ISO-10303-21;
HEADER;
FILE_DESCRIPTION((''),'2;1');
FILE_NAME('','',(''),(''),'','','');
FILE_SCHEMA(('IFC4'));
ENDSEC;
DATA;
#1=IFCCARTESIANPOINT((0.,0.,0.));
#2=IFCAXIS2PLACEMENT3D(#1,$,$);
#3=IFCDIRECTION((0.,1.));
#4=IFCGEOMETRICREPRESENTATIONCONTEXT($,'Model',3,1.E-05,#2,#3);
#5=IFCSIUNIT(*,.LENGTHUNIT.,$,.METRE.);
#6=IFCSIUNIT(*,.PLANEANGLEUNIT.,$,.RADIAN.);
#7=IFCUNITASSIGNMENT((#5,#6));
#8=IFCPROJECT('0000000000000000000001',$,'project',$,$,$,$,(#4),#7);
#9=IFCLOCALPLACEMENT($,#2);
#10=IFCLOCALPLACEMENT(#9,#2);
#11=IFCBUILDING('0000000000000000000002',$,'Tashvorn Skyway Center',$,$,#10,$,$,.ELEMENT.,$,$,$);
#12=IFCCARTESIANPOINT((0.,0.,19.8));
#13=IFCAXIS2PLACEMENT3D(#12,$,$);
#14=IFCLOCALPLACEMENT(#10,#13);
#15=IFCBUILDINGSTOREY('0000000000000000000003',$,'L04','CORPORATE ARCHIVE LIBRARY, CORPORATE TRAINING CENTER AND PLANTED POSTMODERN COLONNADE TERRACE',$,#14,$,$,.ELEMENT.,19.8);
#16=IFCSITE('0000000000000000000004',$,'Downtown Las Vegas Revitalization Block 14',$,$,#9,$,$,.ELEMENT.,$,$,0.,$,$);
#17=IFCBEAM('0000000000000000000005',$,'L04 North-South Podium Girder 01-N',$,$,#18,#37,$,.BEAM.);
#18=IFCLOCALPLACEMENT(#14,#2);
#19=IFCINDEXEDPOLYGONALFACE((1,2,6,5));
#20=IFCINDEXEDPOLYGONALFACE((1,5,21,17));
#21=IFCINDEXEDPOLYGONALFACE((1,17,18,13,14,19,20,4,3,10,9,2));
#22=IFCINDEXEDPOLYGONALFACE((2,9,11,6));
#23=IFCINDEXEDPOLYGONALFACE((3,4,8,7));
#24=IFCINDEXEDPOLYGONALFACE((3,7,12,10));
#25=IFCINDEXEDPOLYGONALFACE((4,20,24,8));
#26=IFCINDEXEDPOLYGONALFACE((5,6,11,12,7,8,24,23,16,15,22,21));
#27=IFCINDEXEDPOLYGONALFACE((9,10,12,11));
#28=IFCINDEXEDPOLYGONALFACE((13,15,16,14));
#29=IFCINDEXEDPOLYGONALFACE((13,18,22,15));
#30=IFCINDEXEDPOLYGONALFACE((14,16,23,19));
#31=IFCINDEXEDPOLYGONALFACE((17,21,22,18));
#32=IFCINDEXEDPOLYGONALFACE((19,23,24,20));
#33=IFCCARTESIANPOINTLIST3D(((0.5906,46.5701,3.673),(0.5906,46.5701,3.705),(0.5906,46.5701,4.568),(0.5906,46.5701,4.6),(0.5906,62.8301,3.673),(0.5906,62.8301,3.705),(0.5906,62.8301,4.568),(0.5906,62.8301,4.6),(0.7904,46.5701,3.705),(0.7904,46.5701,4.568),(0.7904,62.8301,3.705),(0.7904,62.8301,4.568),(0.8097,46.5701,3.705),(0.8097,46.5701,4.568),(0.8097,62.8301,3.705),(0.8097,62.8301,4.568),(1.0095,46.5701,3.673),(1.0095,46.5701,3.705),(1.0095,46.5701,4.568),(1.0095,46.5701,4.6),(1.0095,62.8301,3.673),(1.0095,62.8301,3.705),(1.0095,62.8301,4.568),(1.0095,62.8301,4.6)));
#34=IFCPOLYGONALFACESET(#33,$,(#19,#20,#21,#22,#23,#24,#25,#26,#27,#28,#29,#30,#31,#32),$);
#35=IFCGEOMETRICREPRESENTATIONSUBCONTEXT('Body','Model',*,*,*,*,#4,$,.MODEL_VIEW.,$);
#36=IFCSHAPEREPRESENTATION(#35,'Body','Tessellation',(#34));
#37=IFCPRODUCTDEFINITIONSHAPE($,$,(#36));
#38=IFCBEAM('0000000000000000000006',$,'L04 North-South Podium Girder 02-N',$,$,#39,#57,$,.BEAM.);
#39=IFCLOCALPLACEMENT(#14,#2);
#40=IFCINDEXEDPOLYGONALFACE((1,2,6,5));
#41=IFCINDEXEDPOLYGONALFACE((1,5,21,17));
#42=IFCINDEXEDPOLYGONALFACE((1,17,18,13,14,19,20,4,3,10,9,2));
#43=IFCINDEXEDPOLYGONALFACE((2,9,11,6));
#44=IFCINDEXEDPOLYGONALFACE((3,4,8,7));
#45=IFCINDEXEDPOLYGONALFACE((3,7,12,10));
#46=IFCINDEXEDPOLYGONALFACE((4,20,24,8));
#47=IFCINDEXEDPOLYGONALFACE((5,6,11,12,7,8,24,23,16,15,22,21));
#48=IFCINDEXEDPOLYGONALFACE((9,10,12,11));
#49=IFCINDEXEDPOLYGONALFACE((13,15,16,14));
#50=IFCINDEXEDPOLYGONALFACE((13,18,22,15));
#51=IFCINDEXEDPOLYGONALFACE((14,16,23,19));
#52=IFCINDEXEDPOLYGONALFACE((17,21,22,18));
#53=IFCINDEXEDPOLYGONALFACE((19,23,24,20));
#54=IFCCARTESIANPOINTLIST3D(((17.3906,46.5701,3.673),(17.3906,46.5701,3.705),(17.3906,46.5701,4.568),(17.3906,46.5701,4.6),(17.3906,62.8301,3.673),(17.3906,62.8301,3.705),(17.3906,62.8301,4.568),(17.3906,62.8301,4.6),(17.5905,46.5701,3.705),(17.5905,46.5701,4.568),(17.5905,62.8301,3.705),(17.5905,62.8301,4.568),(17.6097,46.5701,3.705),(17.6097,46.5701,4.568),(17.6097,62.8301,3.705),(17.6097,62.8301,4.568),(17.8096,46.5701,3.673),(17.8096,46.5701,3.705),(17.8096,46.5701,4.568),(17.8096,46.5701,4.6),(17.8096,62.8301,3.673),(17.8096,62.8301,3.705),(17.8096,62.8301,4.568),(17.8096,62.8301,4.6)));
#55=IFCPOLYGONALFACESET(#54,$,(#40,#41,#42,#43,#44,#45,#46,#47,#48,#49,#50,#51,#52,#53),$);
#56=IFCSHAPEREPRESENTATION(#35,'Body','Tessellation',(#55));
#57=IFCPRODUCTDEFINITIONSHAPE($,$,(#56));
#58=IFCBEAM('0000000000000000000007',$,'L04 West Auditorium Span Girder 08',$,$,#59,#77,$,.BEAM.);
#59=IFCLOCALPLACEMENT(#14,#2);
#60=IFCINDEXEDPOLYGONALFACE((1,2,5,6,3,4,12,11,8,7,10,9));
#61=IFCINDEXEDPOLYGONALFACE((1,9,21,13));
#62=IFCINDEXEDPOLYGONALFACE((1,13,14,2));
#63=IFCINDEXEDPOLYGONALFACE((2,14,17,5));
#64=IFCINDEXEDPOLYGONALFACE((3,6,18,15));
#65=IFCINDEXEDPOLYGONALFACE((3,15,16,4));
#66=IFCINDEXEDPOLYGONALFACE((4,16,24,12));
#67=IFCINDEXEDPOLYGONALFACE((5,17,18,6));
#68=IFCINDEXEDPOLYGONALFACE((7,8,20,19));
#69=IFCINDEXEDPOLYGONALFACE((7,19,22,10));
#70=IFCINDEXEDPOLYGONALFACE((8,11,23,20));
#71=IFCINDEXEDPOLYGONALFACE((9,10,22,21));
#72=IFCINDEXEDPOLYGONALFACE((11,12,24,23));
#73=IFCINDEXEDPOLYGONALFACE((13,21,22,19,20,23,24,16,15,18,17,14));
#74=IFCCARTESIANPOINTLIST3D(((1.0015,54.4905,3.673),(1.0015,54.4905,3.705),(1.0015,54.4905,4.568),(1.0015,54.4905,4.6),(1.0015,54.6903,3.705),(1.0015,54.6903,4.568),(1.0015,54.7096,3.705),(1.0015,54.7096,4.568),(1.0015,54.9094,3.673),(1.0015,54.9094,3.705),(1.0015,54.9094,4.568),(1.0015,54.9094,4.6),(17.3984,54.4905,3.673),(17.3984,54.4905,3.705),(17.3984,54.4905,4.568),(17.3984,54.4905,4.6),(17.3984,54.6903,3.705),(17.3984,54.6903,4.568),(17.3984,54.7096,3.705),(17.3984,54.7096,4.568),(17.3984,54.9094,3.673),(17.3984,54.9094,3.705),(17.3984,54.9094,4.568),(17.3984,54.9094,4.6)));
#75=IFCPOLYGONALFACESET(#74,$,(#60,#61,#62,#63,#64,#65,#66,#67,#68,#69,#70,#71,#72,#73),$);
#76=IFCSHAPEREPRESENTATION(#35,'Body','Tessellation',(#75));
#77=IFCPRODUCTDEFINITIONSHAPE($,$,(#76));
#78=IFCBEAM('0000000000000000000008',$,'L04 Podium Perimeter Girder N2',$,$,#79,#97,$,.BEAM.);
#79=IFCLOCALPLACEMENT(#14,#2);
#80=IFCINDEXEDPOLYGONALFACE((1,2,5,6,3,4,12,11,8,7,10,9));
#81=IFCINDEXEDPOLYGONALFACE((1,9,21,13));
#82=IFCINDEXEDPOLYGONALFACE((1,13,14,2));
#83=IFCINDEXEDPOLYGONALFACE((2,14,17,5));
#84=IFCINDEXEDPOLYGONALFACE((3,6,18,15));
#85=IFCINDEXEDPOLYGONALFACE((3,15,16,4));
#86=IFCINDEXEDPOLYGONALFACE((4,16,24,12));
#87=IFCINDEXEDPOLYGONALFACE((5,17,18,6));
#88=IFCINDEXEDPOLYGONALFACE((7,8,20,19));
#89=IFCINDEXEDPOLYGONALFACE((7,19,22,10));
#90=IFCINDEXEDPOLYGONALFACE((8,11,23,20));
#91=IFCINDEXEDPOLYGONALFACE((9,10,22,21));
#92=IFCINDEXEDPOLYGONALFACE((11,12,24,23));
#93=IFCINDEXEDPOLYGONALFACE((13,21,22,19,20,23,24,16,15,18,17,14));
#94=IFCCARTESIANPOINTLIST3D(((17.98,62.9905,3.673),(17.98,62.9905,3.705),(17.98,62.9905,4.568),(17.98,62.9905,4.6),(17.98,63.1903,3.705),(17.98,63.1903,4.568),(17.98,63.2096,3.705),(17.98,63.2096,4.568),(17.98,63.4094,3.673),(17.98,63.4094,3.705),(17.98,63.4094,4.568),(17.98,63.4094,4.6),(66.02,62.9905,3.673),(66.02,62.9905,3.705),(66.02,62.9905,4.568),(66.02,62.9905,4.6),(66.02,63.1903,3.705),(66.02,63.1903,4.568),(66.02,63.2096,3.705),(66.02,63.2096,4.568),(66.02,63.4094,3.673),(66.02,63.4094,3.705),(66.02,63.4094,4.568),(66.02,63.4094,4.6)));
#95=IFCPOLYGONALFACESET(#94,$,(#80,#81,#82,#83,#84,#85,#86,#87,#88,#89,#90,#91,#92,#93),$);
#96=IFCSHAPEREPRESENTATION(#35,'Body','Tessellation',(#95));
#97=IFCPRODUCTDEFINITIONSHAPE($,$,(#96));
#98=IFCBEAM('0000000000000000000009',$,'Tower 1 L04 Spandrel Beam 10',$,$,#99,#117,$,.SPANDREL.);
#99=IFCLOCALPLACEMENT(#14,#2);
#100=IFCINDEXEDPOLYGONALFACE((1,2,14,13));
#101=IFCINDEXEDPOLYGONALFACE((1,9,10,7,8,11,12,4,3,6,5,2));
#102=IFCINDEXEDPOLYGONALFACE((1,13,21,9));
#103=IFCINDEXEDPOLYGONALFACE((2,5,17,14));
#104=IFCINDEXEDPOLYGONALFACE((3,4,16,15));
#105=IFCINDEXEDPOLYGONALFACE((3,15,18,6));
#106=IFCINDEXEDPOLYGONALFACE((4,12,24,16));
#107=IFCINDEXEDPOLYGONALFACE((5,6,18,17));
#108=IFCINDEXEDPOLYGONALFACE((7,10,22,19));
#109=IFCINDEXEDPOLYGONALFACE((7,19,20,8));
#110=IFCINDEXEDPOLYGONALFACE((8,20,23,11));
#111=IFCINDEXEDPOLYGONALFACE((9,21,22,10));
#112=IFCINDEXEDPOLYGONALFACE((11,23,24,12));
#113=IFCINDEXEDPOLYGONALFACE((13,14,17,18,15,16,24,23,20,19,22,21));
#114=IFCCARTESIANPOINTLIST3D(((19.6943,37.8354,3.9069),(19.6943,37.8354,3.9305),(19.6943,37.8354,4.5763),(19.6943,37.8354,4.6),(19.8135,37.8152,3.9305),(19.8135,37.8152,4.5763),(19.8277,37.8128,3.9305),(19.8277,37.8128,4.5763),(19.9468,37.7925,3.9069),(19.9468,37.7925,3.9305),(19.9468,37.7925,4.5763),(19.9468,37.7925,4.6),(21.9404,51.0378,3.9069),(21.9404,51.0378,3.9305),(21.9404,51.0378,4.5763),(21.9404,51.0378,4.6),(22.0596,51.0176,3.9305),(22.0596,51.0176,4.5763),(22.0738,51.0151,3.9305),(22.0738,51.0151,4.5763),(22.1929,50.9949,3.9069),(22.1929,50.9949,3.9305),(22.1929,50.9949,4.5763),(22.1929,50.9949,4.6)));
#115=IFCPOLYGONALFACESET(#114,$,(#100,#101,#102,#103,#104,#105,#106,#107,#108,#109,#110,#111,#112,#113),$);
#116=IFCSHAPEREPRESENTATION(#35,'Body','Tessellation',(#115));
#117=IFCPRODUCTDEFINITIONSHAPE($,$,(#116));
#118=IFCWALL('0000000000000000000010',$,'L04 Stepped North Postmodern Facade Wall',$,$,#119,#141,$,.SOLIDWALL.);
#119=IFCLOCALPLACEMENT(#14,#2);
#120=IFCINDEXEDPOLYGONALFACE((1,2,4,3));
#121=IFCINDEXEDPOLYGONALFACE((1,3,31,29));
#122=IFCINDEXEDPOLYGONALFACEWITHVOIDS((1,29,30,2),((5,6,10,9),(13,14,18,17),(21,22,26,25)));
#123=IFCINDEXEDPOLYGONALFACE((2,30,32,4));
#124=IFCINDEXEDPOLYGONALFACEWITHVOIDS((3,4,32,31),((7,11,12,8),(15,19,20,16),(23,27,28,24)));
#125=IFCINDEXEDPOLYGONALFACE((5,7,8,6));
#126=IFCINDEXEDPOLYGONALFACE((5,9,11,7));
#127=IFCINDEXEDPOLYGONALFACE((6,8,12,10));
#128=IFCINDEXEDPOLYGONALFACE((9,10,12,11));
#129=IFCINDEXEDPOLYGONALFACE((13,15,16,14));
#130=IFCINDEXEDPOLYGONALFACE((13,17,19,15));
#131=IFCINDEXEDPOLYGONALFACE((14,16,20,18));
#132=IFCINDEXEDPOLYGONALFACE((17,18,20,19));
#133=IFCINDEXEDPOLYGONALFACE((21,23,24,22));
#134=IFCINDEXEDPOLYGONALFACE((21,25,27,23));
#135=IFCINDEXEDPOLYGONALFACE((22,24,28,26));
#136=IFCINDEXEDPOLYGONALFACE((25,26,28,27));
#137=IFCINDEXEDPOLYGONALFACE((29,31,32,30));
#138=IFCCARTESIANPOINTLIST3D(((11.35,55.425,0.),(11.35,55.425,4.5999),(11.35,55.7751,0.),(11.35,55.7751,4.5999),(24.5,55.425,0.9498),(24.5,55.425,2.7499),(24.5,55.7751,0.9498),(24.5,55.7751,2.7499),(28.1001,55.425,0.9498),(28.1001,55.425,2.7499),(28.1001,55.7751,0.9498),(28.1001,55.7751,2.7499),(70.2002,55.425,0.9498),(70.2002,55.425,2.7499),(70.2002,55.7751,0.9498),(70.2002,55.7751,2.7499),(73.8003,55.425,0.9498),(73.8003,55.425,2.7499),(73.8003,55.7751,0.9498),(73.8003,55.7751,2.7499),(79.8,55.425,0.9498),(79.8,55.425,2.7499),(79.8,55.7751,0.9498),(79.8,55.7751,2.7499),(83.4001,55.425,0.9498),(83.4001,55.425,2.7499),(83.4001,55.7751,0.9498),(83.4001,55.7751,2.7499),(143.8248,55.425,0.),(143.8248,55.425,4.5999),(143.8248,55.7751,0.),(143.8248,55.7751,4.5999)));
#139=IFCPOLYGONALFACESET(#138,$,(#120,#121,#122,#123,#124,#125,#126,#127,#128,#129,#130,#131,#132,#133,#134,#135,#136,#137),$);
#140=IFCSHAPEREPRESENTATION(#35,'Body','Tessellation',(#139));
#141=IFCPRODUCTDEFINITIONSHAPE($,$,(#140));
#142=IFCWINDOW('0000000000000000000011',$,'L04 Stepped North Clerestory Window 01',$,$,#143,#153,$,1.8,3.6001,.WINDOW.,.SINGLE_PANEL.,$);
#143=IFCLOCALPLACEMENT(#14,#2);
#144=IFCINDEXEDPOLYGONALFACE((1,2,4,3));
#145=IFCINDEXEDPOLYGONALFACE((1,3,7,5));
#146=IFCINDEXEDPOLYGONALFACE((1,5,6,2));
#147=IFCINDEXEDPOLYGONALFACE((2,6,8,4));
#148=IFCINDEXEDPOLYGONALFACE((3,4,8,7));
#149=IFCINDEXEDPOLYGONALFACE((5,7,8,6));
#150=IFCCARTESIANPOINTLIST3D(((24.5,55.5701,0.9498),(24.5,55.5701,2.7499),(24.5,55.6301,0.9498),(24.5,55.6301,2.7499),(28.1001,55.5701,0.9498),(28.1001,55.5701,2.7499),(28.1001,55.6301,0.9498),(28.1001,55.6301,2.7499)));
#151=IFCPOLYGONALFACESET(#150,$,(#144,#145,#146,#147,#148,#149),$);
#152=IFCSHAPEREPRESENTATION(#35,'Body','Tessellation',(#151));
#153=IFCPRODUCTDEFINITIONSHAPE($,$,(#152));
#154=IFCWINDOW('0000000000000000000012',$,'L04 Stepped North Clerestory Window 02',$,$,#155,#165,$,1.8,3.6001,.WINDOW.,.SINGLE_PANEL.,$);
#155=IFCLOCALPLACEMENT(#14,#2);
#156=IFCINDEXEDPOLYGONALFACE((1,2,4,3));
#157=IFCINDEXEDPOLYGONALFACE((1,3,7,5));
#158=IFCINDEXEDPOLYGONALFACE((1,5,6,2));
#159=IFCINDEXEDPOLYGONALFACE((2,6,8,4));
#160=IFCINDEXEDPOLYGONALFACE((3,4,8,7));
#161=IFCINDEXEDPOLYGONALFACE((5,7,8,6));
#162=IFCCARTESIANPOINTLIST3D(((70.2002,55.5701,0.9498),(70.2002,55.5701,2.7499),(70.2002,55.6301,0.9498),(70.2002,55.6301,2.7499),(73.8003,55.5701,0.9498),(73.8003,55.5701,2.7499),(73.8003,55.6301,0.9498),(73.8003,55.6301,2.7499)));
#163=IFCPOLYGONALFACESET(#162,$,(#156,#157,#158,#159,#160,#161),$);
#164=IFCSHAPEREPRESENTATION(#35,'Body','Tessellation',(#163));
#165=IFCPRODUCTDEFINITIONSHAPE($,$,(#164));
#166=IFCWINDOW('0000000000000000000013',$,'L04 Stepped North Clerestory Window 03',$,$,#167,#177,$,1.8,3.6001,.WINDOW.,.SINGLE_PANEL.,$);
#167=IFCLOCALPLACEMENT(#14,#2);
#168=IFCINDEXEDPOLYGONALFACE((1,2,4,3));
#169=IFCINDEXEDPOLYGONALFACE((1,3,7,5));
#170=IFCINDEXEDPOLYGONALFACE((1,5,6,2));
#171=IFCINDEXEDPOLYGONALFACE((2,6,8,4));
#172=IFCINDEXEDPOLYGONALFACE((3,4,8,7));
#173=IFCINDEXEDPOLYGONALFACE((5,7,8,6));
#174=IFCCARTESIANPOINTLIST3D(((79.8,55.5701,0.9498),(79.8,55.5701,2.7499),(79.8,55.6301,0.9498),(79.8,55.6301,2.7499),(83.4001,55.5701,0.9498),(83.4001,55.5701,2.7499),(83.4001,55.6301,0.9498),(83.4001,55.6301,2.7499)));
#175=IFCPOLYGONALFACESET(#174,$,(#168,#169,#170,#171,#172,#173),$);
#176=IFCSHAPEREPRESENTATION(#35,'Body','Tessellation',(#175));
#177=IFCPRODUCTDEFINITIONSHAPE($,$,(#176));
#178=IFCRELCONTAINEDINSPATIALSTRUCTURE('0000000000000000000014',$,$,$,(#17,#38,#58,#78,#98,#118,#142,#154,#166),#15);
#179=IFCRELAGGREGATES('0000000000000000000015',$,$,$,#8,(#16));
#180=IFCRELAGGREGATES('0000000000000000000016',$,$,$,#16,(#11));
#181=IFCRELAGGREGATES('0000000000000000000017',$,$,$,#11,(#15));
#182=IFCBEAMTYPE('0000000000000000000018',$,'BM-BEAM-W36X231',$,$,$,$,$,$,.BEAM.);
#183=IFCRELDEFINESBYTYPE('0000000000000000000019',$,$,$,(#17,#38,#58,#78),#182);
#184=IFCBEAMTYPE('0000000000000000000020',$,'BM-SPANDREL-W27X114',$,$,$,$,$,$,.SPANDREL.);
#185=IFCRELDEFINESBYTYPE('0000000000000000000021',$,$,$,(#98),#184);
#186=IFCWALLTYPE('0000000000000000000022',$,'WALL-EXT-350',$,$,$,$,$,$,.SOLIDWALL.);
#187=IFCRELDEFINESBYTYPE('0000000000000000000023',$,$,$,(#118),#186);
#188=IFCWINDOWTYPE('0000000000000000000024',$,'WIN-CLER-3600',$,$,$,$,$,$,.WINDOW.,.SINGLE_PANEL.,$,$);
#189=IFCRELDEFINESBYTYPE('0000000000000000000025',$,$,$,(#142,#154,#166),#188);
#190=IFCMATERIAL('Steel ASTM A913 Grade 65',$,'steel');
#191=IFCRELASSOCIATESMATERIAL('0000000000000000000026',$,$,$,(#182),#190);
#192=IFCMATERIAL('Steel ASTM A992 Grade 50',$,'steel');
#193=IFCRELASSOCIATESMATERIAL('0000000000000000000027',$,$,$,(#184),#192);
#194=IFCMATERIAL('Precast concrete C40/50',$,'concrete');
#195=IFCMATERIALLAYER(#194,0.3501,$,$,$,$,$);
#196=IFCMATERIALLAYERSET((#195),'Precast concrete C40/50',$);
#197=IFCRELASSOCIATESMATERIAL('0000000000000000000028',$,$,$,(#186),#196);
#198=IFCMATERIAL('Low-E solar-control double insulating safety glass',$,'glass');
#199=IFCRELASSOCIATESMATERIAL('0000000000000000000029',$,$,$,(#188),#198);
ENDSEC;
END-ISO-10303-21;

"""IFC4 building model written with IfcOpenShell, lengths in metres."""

from ifc_helpers import new_model, si_unit, direction, frame, frame_2d, origin, origin_2d, place, context, subcontext, project, spatial, rectangle, i_section, extrude, material, layer, layer_set, material_profile, profile_set, type_object, element, fill, save


model = new_model("IFC4")

# Units and contexts
model_context = context("Model", 3, precision=1e-05, world=origin(), true_north=direction((0.0, 1.0)))
body_context = subcontext(model_context, "Body", "Model", "MODEL_VIEW")
ifc_project = project(units=[si_unit("LENGTHUNIT", "METRE"), si_unit("PLANEANGLEUNIT", "RADIAN")], contexts=[model_context])

# Site, building, storey
site_placement = place(None, origin())
site = spatial("IfcSite", under=ifc_project, at=site_placement, Name="Downtown Las Vegas Revitalization Block 14", CompositionType="ELEMENT", RefElevation=0.0)
building_placement = place(site_placement, origin())
building = spatial("IfcBuilding", under=site, at=building_placement, Name="Tashvorn Skyway Center", CompositionType="ELEMENT")
storey_placement = place(building_placement, frame((0.0, 0.0, 19.8)))
storey = spatial("IfcBuildingStorey", under=building, at=storey_placement, Name="L04", Description="CORPORATE ARCHIVE LIBRARY, CORPORATE TRAINING CENTER AND PLANTED POSTMODERN COLONNADE TERRACE", CompositionType="ELEMENT", Elevation=19.8)

# Beams
ifc_material_1 = material(Name="Steel ASTM A992 Grade 50", Category="steel")
ifc_material_2 = material(Name="Steel ASTM A913 Grade 65", Category="steel")
ifc_material_profile_1 = material_profile(ifc_material_2, i_section(OverallWidth=0.4189, OverallDepth=0.927, WebThickness=0.0193, FlangeThickness=0.032, at=origin_2d()), Name="W36X231")
ifc_profile_set_1 = profile_set([ifc_material_profile_1], Name="Steel ASTM A913 Grade 65")
beam_type_1 = type_object("IfcBeamType", Name="BM-BEAM-W36X231", PredefinedType="BEAM", material=ifc_profile_set_1)
for number, where, z_axis, x_axis, name in (
    (1, (0.8, 46.5701, 4.1365), (0.0, 1.0, 0.0), (-1.0, 0.0, 0.0), "L04 North-South Podium Girder 01-N"),
    (2, (17.6001, 46.5701, 4.1365), (0.0, 1.0, 0.0), (-1.0, 0.0, 0.0), "L04 North-South Podium Girder 02-N"),
):
    element("IfcBeam", number, at=place(storey_placement, frame(where, z_axis=z_axis, x_axis=x_axis)), inside=storey, type_object=beam_type_1, Name=name, PredefinedType="BEAM", context=body_context, shape_type="SweptSolid", body=[
        extrude(i_section(OverallWidth=0.4189, OverallDepth=0.927, WebThickness=0.0193, FlangeThickness=0.032, at=origin_2d()), origin(), (0.0, 0.0, 1.0), 16.26),
    ])
beam_1_placement = place(storey_placement, frame((1.0015, 54.7, 4.1365), z_axis=(1.0, 0.0, 0.0), x_axis=(0.0, 1.0, 0.0)))
element("IfcBeam", 3, at=beam_1_placement, inside=storey, type_object=beam_type_1, Name="L04 West Auditorium Span Girder 08", PredefinedType="BEAM", context=body_context, shape_type="SweptSolid", body=[
    extrude(i_section(OverallWidth=0.4189, OverallDepth=0.927, WebThickness=0.0193, FlangeThickness=0.032, at=origin_2d()), origin(), (0.0, 0.0, 1.0), 16.397),
])
beam_2_placement = place(storey_placement, frame((17.98, 63.2, 4.1365), z_axis=(1.0, 0.0, 0.0), x_axis=(0.0, 1.0, 0.0)))
element("IfcBeam", 4, at=beam_2_placement, inside=storey, type_object=beam_type_1, Name="L04 Podium Perimeter Girder N2", PredefinedType="BEAM", context=body_context, shape_type="SweptSolid", body=[
    extrude(i_section(OverallWidth=0.4189, OverallDepth=0.927, WebThickness=0.0193, FlangeThickness=0.032, at=origin_2d()), origin(), (0.0, 0.0, 1.0), 48.04),
])
ifc_material_profile_2 = material_profile(ifc_material_1, i_section(OverallWidth=0.2561, OverallDepth=0.6931, WebThickness=0.0144, FlangeThickness=0.0237, at=origin_2d()), Name="W27X114")
ifc_profile_set_2 = profile_set([ifc_material_profile_2], Name="Steel ASTM A992 Grade 50")
beam_type_2 = type_object("IfcBeamType", Name="BM-SPANDREL-W27X114", PredefinedType="SPANDREL", material=ifc_profile_set_2)
beam_3_placement = place(storey_placement, frame((22.0667, 51.0164, 4.2534), z_axis=(-0.167718, -0.985835, 0.0), x_axis=(0.985835, -0.167718, 0.0)))
element("IfcBeam", 5, at=beam_3_placement, inside=storey, type_object=beam_type_2, Name="Tower 1 L04 Spandrel Beam 10", PredefinedType="SPANDREL", context=body_context, shape_type="SweptSolid", body=[
    extrude(i_section(OverallWidth=0.2561, OverallDepth=0.6931, WebThickness=0.0144, FlangeThickness=0.0237, at=origin_2d()), origin(), (0.0, 0.0, 1.0), 13.3921),
])

# Wall, openings, windows
ifc_material_3 = material(Name="Precast concrete C40/50", Category="concrete")
ifc_layer_1 = layer(ifc_material_3, 0.3501)
ifc_layer_set_1 = layer_set([ifc_layer_1], Name="Precast concrete C40/50")
wall_type_1 = type_object("IfcWallType", Name="WALL-EXT-350", PredefinedType="SOLIDWALL", material=ifc_layer_set_1)
wall_1_placement = place(storey_placement, frame((11.3501, 55.6001, 0.0), z_axis=(0.0, 0.0, 1.0), x_axis=(1.0, 0.0, 0.0)))
wall_1 = element("IfcWall", 6, at=wall_1_placement, inside=storey, type_object=wall_type_1, Name="L04 Stepped North Postmodern Facade Wall", PredefinedType="SOLIDWALL", context=body_context, shape_type="SweptSolid", body=[
    extrude(rectangle(XDim=132.4749, YDim=0.3501, at=frame_2d((66.2373, 0.0))), origin(), (0.0, 0.0, 1.0), 4.5999),
])
opening_1_placement = place(wall_1_placement, frame((13.1499, 0.0, 0.95)))
opening_1 = element("IfcOpeningElement", 7, at=opening_1_placement, cuts=wall_1, PredefinedType="OPENING", context=body_context, shape_type="SweptSolid", body=[
    extrude(rectangle(XDim=3.6001, YDim=1.8, at=frame_2d((1.8, 0.8999))), frame((0.0, 0.1851, 0.0), z_axis=(0.0, -1.0, 0.0), x_axis=(1.0, 0.0, 0.0)), (0.0, 0.0, 1.0), 0.3701),
])
opening_2_placement = place(wall_1_placement, frame((58.8501, 0.0, 0.95)))
opening_2 = element("IfcOpeningElement", 8, at=opening_2_placement, cuts=wall_1, PredefinedType="OPENING", context=body_context, shape_type="SweptSolid", body=[
    extrude(rectangle(XDim=3.6001, YDim=1.8, at=frame_2d((1.8, 0.8999))), frame((0.0, 0.1851, 0.0), z_axis=(0.0, -1.0, 0.0), x_axis=(1.0, 0.0, 0.0)), (0.0, 0.0, 1.0), 0.3701),
])
opening_3_placement = place(wall_1_placement, frame((68.45, 0.0, 0.95)))
opening_3 = element("IfcOpeningElement", 9, at=opening_3_placement, cuts=wall_1, PredefinedType="OPENING", context=body_context, shape_type="SweptSolid", body=[
    extrude(rectangle(XDim=3.6001, YDim=1.8, at=frame_2d((1.8, 0.8999))), frame((0.0, 0.1851, 0.0), z_axis=(0.0, -1.0, 0.0), x_axis=(1.0, 0.0, 0.0)), (0.0, 0.0, 1.0), 0.3701),
])
ifc_material_4 = material(Name="Low-E solar-control double insulating safety glass", Category="glass")
window_type = type_object("IfcWindowType", Name="WIN-CLER-3600", PartitioningType="SINGLE_PANEL", PredefinedType="WINDOW", material=ifc_material_4)
window_1_placement = place(opening_1_placement, origin())
window_1 = element("IfcWindow", 10, at=window_1_placement, inside=storey, type_object=window_type, Name="L04 Stepped North Clerestory Window 01", OverallHeight=1.8, OverallWidth=3.6001, PartitioningType="SINGLE_PANEL", PredefinedType="WINDOW", context=body_context, shape_type="SweptSolid", body=[
    extrude(rectangle(XDim=3.6001, YDim=1.8, at=frame_2d((1.8, 0.8999))), frame((0.0, 0.03, 0.0), z_axis=(0.0, -1.0, 0.0), x_axis=(1.0, 0.0, 0.0)), (0.0, 0.0, 1.0), 0.0601),
])
fill(opening_1, window_1)
window_2_placement = place(opening_2_placement, origin())
window_2 = element("IfcWindow", 11, at=window_2_placement, inside=storey, type_object=window_type, Name="L04 Stepped North Clerestory Window 02", OverallHeight=1.8, OverallWidth=3.6001, PartitioningType="SINGLE_PANEL", PredefinedType="WINDOW", context=body_context, shape_type="SweptSolid", body=[
    extrude(rectangle(XDim=3.6001, YDim=1.8, at=frame_2d((1.8, 0.8999))), frame((0.0, 0.03, 0.0), z_axis=(0.0, -1.0, 0.0), x_axis=(1.0, 0.0, 0.0)), (0.0, 0.0, 1.0), 0.0601),
])
fill(opening_2, window_2)
window_3_placement = place(opening_3_placement, origin())
window_3 = element("IfcWindow", 12, at=window_3_placement, inside=storey, type_object=window_type, Name="L04 Stepped North Clerestory Window 03", OverallHeight=1.8, OverallWidth=3.6001, PartitioningType="SINGLE_PANEL", PredefinedType="WINDOW", context=body_context, shape_type="SweptSolid", body=[
    extrude(rectangle(XDim=3.6001, YDim=1.8, at=frame_2d((1.8, 0.8999))), frame((0.0, 0.03, 0.0), z_axis=(0.0, -1.0, 0.0), x_axis=(1.0, 0.0, 0.0)), (0.0, 0.0, 1.0), 0.0601),
])
fill(opening_3, window_3)

save(model, "model.ifc")
